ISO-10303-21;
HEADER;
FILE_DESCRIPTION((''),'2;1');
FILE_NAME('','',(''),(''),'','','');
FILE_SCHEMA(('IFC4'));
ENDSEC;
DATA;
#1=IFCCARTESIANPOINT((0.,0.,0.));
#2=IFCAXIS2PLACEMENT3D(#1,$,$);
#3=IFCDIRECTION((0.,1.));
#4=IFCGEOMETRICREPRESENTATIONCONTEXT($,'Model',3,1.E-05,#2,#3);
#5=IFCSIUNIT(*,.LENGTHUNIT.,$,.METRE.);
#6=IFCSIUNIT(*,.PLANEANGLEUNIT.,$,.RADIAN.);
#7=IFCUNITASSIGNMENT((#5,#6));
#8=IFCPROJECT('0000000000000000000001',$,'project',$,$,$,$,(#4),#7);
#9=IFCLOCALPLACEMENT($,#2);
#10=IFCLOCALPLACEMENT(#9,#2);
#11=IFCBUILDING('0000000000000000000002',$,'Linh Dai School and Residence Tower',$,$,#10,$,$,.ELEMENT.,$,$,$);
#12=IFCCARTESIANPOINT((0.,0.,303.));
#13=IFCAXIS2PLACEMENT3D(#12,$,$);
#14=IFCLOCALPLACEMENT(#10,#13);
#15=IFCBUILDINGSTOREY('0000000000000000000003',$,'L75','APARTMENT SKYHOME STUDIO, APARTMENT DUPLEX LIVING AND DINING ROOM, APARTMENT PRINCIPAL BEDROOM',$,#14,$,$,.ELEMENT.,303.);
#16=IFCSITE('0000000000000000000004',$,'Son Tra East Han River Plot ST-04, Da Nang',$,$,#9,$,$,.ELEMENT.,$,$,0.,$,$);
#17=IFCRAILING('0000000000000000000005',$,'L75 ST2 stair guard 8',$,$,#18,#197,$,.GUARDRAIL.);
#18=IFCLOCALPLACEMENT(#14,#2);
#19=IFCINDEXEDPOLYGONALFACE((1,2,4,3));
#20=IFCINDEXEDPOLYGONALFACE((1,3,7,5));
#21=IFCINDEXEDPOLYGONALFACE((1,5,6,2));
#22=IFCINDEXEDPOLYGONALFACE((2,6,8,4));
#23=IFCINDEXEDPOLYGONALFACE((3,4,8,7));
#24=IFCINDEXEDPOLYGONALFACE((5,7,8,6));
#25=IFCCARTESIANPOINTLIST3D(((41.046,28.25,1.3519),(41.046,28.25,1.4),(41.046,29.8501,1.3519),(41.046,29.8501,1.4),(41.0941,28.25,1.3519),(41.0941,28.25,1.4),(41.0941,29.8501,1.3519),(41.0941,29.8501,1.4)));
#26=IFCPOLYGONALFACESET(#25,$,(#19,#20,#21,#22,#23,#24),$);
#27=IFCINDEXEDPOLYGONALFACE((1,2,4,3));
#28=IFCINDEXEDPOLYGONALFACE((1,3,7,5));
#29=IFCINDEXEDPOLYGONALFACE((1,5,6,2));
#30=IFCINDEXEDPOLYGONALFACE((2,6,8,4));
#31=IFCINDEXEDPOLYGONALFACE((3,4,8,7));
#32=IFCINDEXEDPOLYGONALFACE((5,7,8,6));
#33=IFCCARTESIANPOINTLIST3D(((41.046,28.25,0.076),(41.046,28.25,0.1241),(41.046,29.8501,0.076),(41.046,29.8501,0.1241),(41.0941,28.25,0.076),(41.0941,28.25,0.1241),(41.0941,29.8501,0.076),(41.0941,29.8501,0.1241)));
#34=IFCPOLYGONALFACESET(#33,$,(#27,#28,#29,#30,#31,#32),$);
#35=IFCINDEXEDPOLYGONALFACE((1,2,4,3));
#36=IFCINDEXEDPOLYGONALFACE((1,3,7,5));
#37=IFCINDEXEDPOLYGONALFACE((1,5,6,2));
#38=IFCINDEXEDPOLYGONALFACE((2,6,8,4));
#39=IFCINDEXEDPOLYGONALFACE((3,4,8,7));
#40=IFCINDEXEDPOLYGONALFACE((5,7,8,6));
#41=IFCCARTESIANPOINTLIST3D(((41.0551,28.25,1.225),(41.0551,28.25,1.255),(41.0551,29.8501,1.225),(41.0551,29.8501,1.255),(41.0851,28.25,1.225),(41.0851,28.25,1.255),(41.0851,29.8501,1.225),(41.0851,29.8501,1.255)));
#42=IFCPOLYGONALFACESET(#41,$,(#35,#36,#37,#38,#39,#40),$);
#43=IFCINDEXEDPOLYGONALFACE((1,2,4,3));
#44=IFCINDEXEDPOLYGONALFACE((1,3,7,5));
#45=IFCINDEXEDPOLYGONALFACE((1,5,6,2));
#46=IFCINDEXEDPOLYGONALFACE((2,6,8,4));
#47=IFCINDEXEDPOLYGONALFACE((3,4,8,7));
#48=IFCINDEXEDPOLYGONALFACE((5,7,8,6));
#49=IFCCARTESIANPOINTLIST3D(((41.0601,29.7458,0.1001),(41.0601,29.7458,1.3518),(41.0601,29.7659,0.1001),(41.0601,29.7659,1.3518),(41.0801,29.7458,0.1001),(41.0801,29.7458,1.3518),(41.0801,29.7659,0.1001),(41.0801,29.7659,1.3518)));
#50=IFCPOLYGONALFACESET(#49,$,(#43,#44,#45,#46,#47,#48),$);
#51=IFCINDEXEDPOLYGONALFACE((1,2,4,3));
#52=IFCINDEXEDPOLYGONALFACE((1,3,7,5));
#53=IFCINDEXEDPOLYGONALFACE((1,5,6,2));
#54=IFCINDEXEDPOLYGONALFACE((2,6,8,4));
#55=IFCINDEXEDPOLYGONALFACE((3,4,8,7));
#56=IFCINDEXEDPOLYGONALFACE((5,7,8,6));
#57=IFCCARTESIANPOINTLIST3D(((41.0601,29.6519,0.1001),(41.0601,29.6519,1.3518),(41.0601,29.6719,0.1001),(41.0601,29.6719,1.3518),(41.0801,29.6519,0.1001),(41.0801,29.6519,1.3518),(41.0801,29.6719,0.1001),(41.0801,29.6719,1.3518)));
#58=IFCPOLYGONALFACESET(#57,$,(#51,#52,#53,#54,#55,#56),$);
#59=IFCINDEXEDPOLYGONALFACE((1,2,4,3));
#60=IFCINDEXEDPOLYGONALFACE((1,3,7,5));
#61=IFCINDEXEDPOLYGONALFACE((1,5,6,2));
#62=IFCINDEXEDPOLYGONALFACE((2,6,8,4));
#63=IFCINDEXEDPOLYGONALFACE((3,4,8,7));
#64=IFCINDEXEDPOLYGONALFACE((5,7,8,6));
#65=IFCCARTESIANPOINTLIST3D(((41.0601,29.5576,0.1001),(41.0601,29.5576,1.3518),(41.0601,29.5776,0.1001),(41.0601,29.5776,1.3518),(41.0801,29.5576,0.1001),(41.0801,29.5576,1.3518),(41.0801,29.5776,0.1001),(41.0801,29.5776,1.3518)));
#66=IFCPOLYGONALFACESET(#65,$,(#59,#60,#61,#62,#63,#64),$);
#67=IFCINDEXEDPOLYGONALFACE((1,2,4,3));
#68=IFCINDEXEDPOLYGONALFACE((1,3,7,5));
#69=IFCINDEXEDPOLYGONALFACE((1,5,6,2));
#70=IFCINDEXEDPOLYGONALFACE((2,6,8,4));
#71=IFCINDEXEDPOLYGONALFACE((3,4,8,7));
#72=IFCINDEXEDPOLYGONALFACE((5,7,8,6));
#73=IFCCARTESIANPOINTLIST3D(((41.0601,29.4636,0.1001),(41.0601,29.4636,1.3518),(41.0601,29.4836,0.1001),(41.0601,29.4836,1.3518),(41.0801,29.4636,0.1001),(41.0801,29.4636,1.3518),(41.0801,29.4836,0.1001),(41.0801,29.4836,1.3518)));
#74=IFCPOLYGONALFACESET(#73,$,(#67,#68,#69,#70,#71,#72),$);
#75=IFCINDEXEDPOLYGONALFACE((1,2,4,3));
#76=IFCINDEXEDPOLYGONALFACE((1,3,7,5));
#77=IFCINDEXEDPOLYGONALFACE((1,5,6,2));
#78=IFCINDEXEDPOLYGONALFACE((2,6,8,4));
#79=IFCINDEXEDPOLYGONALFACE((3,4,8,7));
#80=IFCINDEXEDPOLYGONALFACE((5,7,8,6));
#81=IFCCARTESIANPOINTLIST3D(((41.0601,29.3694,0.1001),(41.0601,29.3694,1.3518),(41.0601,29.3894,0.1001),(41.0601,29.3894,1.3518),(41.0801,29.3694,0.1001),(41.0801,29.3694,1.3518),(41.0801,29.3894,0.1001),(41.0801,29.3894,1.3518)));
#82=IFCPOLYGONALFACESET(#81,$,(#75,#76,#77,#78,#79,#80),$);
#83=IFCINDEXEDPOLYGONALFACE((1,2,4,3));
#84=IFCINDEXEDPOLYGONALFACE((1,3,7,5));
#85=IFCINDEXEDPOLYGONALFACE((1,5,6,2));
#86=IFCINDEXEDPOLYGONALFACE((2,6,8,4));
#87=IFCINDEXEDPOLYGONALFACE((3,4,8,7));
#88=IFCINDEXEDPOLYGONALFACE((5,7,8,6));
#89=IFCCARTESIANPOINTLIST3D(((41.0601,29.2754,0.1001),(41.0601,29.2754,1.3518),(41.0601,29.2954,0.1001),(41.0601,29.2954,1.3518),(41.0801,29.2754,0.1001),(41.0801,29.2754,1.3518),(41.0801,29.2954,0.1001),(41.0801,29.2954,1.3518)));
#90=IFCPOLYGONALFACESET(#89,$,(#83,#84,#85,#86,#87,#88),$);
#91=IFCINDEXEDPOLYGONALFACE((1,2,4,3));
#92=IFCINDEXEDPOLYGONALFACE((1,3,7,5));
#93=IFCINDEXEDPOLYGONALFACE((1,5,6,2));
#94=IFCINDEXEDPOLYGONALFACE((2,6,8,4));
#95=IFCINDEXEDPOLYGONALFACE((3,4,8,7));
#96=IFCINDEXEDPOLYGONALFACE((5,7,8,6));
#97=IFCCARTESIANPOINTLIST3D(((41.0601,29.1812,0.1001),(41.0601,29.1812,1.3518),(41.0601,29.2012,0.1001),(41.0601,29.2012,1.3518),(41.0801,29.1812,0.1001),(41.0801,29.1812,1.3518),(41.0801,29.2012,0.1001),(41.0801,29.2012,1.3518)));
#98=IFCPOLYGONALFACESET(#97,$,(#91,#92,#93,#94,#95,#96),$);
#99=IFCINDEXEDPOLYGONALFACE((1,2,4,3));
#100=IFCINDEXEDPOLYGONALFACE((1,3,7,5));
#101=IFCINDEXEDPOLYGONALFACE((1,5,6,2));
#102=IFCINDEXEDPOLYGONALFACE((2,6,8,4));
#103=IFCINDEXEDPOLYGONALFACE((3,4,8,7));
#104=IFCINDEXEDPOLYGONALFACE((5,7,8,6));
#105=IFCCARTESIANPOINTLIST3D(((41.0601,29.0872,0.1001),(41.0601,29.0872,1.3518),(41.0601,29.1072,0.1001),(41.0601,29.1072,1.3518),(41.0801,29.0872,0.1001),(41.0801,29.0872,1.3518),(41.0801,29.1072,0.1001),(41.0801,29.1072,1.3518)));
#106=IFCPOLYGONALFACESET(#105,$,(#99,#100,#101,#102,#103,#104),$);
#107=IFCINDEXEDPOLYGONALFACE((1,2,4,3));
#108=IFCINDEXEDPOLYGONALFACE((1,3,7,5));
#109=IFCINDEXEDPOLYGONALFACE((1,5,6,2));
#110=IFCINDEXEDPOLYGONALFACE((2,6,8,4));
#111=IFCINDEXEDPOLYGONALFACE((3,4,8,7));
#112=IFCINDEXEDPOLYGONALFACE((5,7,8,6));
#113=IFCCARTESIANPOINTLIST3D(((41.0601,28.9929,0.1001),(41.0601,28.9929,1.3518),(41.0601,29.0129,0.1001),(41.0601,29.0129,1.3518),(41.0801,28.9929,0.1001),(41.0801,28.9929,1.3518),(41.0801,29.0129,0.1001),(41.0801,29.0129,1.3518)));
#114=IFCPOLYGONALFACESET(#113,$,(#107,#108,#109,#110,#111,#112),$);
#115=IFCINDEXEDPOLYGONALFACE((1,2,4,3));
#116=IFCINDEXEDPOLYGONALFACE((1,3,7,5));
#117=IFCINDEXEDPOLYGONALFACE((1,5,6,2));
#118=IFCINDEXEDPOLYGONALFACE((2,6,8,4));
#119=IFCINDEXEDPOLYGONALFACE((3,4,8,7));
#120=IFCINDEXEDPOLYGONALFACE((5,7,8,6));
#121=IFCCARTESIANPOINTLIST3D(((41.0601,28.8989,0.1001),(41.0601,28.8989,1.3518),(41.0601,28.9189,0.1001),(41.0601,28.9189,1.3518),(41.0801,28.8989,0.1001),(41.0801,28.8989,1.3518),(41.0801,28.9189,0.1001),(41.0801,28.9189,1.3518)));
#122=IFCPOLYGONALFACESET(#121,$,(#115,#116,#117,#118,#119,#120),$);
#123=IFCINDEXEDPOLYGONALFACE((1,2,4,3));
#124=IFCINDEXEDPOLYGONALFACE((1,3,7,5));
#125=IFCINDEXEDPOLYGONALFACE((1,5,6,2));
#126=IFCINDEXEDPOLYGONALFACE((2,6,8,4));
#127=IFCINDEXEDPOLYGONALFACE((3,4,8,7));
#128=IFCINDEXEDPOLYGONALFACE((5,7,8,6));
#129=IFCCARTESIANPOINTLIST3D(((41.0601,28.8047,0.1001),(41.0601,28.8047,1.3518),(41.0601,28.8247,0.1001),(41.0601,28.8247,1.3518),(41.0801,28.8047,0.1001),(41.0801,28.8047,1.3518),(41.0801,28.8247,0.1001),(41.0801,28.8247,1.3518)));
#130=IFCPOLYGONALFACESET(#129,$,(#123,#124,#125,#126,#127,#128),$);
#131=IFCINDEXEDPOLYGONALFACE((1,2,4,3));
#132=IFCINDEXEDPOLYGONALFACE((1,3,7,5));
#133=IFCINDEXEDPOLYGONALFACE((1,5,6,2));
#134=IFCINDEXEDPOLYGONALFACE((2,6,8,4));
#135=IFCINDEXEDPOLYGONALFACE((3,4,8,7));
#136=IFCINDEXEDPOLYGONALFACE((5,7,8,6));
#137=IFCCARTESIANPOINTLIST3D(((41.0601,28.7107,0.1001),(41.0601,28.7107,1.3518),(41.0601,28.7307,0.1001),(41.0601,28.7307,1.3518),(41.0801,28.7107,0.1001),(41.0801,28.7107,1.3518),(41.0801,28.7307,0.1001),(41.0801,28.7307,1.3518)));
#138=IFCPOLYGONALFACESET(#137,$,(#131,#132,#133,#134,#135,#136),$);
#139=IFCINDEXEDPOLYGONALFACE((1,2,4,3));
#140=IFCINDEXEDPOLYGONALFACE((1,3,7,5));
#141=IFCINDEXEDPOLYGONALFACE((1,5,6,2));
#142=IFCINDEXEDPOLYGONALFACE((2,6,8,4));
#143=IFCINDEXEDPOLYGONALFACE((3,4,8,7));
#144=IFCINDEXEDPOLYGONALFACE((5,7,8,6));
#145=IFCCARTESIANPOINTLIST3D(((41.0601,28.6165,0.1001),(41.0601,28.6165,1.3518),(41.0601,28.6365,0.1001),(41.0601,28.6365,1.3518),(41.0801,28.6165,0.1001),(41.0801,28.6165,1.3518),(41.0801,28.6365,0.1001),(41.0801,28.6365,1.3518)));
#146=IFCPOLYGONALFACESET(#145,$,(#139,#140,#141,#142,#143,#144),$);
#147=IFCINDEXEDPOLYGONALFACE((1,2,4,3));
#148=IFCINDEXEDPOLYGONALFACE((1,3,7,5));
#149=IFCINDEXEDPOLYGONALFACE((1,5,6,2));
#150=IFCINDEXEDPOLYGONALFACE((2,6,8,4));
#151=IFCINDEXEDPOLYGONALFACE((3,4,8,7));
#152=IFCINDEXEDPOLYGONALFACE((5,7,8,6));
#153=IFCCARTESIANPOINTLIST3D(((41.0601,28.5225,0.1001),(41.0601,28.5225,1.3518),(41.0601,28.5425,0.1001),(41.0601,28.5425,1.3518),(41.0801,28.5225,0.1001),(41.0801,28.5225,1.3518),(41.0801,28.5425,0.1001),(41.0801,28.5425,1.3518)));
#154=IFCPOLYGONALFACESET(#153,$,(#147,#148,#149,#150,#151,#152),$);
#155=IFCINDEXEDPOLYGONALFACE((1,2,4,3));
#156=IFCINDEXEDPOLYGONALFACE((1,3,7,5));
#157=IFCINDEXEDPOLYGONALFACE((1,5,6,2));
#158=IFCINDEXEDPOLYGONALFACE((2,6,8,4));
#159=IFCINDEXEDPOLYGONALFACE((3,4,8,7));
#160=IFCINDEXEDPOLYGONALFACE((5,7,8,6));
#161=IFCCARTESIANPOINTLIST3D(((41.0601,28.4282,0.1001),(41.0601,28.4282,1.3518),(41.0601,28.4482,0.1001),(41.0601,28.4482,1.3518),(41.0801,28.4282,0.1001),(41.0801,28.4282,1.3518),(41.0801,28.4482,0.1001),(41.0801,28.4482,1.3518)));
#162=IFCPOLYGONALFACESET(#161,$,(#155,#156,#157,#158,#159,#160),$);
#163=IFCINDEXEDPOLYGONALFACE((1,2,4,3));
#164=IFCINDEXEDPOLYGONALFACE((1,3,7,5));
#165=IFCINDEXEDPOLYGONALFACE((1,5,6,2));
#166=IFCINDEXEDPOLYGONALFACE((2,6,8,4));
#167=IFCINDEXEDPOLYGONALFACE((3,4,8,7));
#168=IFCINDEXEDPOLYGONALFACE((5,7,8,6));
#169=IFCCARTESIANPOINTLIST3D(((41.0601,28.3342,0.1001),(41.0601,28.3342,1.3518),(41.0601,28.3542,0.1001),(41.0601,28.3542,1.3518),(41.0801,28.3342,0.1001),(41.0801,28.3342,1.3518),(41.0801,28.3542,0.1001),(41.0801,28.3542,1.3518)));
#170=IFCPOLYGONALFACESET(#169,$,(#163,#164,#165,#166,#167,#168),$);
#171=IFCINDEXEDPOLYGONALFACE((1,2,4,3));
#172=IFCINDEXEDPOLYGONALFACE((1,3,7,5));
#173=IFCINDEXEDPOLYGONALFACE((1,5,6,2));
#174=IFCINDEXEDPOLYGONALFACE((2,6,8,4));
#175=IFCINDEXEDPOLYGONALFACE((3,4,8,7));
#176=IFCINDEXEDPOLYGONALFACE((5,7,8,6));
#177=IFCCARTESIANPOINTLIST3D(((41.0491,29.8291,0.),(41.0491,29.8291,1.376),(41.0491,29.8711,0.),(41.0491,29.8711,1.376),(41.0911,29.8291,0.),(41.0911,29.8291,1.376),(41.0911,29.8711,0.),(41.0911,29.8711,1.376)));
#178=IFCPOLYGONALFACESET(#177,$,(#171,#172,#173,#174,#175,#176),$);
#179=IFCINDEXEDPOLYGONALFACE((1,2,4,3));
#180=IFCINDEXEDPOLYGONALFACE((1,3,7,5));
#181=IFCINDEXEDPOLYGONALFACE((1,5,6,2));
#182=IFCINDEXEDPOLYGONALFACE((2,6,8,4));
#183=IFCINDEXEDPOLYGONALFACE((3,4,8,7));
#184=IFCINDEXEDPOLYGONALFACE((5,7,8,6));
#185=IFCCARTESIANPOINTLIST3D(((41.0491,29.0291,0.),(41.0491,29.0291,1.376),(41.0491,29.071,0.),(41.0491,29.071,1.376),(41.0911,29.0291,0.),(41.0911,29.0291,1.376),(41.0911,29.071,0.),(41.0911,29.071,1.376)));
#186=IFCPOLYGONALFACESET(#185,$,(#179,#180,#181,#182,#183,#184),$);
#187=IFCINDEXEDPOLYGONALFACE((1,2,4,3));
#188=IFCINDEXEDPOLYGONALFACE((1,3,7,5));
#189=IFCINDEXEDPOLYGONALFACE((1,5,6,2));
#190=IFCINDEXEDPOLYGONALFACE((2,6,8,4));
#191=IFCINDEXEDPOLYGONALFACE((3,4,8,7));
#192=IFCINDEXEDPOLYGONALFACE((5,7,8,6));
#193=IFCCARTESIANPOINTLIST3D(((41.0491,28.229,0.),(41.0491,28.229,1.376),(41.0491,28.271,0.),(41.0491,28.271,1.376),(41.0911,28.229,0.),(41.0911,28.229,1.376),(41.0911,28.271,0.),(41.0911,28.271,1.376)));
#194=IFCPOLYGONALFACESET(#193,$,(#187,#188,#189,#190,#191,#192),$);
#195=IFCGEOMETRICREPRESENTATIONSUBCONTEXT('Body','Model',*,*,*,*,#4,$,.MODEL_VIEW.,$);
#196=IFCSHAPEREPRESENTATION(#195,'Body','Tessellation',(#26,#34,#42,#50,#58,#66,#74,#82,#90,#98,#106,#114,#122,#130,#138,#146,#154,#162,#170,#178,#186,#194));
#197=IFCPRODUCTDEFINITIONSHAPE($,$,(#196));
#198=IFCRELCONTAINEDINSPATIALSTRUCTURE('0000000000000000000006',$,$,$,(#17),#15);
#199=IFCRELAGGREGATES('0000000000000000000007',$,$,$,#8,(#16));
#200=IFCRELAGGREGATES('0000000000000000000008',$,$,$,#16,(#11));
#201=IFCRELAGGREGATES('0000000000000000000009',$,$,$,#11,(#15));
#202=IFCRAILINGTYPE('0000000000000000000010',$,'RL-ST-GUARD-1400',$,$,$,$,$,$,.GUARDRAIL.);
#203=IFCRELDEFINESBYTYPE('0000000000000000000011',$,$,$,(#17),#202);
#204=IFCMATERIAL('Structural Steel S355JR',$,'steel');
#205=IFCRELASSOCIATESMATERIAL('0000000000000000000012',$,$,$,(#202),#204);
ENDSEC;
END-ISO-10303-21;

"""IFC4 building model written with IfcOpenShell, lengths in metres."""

from ifc_helpers import new_model, si_unit, direction, frame, origin, origin_2d, place, context, subcontext, project, spatial, rectangle, extrude, source, transform, mapped, material, type_object, element, save


model = new_model("IFC4")

# Units and contexts
model_context = context("Model", 3, precision=1e-05, world=origin(), true_north=direction((0.0, 1.0)))
body_context = subcontext(model_context, "Body", "Model", "MODEL_VIEW")
ifc_project = project(units=[si_unit("LENGTHUNIT", "METRE"), si_unit("PLANEANGLEUNIT", "RADIAN")], contexts=[model_context])

# Site, building, storey
site_placement = place(None, origin())
site = spatial("IfcSite", under=ifc_project, at=site_placement, Name="Son Tra East Han River Plot ST-04, Da Nang", CompositionType="ELEMENT", RefElevation=0.0)
building_placement = place(site_placement, origin())
building = spatial("IfcBuilding", under=site, at=building_placement, Name="Linh Dai School and Residence Tower", CompositionType="ELEMENT")
storey_placement = place(building_placement, frame((0.0, 0.0, 303.0)))
storey = spatial("IfcBuildingStorey", under=building, at=storey_placement, Name="L75", Description="APARTMENT SKYHOME STUDIO, APARTMENT DUPLEX LIVING AND DINING ROOM, APARTMENT PRINCIPAL BEDROOM", CompositionType="ELEMENT", Elevation=303.0)

# Shared definitions
ifc_material_1 = material(Name="Structural Steel S355JR", Category="steel")

# Railing
railing_type_1 = type_object("IfcRailingType", Name="RL-ST-GUARD-1400", PredefinedType="GUARDRAIL", material=ifc_material_1)
shared_shape_1 = source(origin(), body_context, "Body", "SweptSolid", [
    extrude(rectangle(XDim=0.0481, YDim=0.0481, at=origin_2d()), frame((0.0, 0.0, 1.376), z_axis=(0.0, -1.0, 0.0), x_axis=(1.0, 0.0, 0.0)), (0.0, 0.0, 1.0), 1.6001),
    extrude(rectangle(XDim=0.0481, YDim=0.0481, at=origin_2d()), frame((0.0, 0.0, 0.1001), z_axis=(0.0, -1.0, 0.0), x_axis=(1.0, 0.0, 0.0)), (0.0, 0.0, 1.0), 1.6001),
    extrude(rectangle(XDim=0.03, YDim=0.03, at=origin_2d()), frame((0.0, 0.0, 1.24), z_axis=(0.0, -1.0, 0.0), x_axis=(1.0, 0.0, 0.0)), (0.0, 0.0, 1.0), 1.6001),
    extrude(rectangle(XDim=0.02, YDim=0.02, at=origin_2d()), frame((0.0, -0.0942, 0.1001)), (0.0, 0.0, 1.0), 1.2517),
    extrude(rectangle(XDim=0.02, YDim=0.02, at=origin_2d()), frame((0.0, -0.1882, 0.1001)), (0.0, 0.0, 1.0), 1.2517),
    extrude(rectangle(XDim=0.02, YDim=0.02, at=origin_2d()), frame((0.0, -0.2825, 0.1001)), (0.0, 0.0, 1.0), 1.2517),
    extrude(rectangle(XDim=0.02, YDim=0.02, at=origin_2d()), frame((0.0, -0.3765, 0.1001)), (0.0, 0.0, 1.0), 1.2517),
    extrude(rectangle(XDim=0.02, YDim=0.02, at=origin_2d()), frame((0.0, -0.4707, 0.1001)), (0.0, 0.0, 1.0), 1.2517),
    extrude(rectangle(XDim=0.02, YDim=0.02, at=origin_2d()), frame((0.0, -0.5647, 0.1001)), (0.0, 0.0, 1.0), 1.2517),
    extrude(rectangle(XDim=0.02, YDim=0.02, at=origin_2d()), frame((0.0, -0.6589, 0.1001)), (0.0, 0.0, 1.0), 1.2517),
    extrude(rectangle(XDim=0.02, YDim=0.02, at=origin_2d()), frame((0.0, -0.7529, 0.1001)), (0.0, 0.0, 1.0), 1.2517),
    extrude(rectangle(XDim=0.02, YDim=0.02, at=origin_2d()), frame((0.0, -0.8472, 0.1001)), (0.0, 0.0, 1.0), 1.2517),
    extrude(rectangle(XDim=0.02, YDim=0.02, at=origin_2d()), frame((0.0, -0.9412, 0.1001)), (0.0, 0.0, 1.0), 1.2517),
    extrude(rectangle(XDim=0.02, YDim=0.02, at=origin_2d()), frame((0.0, -1.0354, 0.1001)), (0.0, 0.0, 1.0), 1.2517),
    extrude(rectangle(XDim=0.02, YDim=0.02, at=origin_2d()), frame((0.0, -1.1294, 0.1001)), (0.0, 0.0, 1.0), 1.2517),
    extrude(rectangle(XDim=0.02, YDim=0.02, at=origin_2d()), frame((0.0, -1.2236, 0.1001)), (0.0, 0.0, 1.0), 1.2517),
    extrude(rectangle(XDim=0.02, YDim=0.02, at=origin_2d()), frame((0.0, -1.3176, 0.1001)), (0.0, 0.0, 1.0), 1.2517),
    extrude(rectangle(XDim=0.02, YDim=0.02, at=origin_2d()), frame((0.0, -1.4119, 0.1001)), (0.0, 0.0, 1.0), 1.2517),
    extrude(rectangle(XDim=0.02, YDim=0.02, at=origin_2d()), frame((0.0, -1.5059, 0.1001)), (0.0, 0.0, 1.0), 1.2517),
    extrude(rectangle(XDim=0.042, YDim=0.042, at=origin_2d()), origin(), (0.0, 0.0, 1.0), 1.376),
    extrude(rectangle(XDim=0.042, YDim=0.042, at=origin_2d()), frame((0.0, -0.8, 0.0)), (0.0, 0.0, 1.0), 1.376),
    extrude(rectangle(XDim=0.042, YDim=0.042, at=origin_2d()), frame((0.0, -1.6001, 0.0)), (0.0, 0.0, 1.0), 1.376),
])
for number, where, name in (
    (1, (41.0701, 29.8501, 0.0), "L75 ST2 stair guard 8"),
):
    element("IfcRailing", number, at=place(storey_placement, frame(where)), inside=storey, type_object=railing_type_1, Name=name, PredefinedType="GUARDRAIL", context=body_context, shape_type="MappedRepresentation", body=[
        mapped(shared_shape_1, transform((0.0, 0.0, 0.0), x_axis=(1.0, 0.0, 0.0), y_axis=(0.0, 1.0, 0.0), z_axis=(0.0, 0.0, 1.0), scale=1.0)),
    ])

save(model, "model.ifc")
